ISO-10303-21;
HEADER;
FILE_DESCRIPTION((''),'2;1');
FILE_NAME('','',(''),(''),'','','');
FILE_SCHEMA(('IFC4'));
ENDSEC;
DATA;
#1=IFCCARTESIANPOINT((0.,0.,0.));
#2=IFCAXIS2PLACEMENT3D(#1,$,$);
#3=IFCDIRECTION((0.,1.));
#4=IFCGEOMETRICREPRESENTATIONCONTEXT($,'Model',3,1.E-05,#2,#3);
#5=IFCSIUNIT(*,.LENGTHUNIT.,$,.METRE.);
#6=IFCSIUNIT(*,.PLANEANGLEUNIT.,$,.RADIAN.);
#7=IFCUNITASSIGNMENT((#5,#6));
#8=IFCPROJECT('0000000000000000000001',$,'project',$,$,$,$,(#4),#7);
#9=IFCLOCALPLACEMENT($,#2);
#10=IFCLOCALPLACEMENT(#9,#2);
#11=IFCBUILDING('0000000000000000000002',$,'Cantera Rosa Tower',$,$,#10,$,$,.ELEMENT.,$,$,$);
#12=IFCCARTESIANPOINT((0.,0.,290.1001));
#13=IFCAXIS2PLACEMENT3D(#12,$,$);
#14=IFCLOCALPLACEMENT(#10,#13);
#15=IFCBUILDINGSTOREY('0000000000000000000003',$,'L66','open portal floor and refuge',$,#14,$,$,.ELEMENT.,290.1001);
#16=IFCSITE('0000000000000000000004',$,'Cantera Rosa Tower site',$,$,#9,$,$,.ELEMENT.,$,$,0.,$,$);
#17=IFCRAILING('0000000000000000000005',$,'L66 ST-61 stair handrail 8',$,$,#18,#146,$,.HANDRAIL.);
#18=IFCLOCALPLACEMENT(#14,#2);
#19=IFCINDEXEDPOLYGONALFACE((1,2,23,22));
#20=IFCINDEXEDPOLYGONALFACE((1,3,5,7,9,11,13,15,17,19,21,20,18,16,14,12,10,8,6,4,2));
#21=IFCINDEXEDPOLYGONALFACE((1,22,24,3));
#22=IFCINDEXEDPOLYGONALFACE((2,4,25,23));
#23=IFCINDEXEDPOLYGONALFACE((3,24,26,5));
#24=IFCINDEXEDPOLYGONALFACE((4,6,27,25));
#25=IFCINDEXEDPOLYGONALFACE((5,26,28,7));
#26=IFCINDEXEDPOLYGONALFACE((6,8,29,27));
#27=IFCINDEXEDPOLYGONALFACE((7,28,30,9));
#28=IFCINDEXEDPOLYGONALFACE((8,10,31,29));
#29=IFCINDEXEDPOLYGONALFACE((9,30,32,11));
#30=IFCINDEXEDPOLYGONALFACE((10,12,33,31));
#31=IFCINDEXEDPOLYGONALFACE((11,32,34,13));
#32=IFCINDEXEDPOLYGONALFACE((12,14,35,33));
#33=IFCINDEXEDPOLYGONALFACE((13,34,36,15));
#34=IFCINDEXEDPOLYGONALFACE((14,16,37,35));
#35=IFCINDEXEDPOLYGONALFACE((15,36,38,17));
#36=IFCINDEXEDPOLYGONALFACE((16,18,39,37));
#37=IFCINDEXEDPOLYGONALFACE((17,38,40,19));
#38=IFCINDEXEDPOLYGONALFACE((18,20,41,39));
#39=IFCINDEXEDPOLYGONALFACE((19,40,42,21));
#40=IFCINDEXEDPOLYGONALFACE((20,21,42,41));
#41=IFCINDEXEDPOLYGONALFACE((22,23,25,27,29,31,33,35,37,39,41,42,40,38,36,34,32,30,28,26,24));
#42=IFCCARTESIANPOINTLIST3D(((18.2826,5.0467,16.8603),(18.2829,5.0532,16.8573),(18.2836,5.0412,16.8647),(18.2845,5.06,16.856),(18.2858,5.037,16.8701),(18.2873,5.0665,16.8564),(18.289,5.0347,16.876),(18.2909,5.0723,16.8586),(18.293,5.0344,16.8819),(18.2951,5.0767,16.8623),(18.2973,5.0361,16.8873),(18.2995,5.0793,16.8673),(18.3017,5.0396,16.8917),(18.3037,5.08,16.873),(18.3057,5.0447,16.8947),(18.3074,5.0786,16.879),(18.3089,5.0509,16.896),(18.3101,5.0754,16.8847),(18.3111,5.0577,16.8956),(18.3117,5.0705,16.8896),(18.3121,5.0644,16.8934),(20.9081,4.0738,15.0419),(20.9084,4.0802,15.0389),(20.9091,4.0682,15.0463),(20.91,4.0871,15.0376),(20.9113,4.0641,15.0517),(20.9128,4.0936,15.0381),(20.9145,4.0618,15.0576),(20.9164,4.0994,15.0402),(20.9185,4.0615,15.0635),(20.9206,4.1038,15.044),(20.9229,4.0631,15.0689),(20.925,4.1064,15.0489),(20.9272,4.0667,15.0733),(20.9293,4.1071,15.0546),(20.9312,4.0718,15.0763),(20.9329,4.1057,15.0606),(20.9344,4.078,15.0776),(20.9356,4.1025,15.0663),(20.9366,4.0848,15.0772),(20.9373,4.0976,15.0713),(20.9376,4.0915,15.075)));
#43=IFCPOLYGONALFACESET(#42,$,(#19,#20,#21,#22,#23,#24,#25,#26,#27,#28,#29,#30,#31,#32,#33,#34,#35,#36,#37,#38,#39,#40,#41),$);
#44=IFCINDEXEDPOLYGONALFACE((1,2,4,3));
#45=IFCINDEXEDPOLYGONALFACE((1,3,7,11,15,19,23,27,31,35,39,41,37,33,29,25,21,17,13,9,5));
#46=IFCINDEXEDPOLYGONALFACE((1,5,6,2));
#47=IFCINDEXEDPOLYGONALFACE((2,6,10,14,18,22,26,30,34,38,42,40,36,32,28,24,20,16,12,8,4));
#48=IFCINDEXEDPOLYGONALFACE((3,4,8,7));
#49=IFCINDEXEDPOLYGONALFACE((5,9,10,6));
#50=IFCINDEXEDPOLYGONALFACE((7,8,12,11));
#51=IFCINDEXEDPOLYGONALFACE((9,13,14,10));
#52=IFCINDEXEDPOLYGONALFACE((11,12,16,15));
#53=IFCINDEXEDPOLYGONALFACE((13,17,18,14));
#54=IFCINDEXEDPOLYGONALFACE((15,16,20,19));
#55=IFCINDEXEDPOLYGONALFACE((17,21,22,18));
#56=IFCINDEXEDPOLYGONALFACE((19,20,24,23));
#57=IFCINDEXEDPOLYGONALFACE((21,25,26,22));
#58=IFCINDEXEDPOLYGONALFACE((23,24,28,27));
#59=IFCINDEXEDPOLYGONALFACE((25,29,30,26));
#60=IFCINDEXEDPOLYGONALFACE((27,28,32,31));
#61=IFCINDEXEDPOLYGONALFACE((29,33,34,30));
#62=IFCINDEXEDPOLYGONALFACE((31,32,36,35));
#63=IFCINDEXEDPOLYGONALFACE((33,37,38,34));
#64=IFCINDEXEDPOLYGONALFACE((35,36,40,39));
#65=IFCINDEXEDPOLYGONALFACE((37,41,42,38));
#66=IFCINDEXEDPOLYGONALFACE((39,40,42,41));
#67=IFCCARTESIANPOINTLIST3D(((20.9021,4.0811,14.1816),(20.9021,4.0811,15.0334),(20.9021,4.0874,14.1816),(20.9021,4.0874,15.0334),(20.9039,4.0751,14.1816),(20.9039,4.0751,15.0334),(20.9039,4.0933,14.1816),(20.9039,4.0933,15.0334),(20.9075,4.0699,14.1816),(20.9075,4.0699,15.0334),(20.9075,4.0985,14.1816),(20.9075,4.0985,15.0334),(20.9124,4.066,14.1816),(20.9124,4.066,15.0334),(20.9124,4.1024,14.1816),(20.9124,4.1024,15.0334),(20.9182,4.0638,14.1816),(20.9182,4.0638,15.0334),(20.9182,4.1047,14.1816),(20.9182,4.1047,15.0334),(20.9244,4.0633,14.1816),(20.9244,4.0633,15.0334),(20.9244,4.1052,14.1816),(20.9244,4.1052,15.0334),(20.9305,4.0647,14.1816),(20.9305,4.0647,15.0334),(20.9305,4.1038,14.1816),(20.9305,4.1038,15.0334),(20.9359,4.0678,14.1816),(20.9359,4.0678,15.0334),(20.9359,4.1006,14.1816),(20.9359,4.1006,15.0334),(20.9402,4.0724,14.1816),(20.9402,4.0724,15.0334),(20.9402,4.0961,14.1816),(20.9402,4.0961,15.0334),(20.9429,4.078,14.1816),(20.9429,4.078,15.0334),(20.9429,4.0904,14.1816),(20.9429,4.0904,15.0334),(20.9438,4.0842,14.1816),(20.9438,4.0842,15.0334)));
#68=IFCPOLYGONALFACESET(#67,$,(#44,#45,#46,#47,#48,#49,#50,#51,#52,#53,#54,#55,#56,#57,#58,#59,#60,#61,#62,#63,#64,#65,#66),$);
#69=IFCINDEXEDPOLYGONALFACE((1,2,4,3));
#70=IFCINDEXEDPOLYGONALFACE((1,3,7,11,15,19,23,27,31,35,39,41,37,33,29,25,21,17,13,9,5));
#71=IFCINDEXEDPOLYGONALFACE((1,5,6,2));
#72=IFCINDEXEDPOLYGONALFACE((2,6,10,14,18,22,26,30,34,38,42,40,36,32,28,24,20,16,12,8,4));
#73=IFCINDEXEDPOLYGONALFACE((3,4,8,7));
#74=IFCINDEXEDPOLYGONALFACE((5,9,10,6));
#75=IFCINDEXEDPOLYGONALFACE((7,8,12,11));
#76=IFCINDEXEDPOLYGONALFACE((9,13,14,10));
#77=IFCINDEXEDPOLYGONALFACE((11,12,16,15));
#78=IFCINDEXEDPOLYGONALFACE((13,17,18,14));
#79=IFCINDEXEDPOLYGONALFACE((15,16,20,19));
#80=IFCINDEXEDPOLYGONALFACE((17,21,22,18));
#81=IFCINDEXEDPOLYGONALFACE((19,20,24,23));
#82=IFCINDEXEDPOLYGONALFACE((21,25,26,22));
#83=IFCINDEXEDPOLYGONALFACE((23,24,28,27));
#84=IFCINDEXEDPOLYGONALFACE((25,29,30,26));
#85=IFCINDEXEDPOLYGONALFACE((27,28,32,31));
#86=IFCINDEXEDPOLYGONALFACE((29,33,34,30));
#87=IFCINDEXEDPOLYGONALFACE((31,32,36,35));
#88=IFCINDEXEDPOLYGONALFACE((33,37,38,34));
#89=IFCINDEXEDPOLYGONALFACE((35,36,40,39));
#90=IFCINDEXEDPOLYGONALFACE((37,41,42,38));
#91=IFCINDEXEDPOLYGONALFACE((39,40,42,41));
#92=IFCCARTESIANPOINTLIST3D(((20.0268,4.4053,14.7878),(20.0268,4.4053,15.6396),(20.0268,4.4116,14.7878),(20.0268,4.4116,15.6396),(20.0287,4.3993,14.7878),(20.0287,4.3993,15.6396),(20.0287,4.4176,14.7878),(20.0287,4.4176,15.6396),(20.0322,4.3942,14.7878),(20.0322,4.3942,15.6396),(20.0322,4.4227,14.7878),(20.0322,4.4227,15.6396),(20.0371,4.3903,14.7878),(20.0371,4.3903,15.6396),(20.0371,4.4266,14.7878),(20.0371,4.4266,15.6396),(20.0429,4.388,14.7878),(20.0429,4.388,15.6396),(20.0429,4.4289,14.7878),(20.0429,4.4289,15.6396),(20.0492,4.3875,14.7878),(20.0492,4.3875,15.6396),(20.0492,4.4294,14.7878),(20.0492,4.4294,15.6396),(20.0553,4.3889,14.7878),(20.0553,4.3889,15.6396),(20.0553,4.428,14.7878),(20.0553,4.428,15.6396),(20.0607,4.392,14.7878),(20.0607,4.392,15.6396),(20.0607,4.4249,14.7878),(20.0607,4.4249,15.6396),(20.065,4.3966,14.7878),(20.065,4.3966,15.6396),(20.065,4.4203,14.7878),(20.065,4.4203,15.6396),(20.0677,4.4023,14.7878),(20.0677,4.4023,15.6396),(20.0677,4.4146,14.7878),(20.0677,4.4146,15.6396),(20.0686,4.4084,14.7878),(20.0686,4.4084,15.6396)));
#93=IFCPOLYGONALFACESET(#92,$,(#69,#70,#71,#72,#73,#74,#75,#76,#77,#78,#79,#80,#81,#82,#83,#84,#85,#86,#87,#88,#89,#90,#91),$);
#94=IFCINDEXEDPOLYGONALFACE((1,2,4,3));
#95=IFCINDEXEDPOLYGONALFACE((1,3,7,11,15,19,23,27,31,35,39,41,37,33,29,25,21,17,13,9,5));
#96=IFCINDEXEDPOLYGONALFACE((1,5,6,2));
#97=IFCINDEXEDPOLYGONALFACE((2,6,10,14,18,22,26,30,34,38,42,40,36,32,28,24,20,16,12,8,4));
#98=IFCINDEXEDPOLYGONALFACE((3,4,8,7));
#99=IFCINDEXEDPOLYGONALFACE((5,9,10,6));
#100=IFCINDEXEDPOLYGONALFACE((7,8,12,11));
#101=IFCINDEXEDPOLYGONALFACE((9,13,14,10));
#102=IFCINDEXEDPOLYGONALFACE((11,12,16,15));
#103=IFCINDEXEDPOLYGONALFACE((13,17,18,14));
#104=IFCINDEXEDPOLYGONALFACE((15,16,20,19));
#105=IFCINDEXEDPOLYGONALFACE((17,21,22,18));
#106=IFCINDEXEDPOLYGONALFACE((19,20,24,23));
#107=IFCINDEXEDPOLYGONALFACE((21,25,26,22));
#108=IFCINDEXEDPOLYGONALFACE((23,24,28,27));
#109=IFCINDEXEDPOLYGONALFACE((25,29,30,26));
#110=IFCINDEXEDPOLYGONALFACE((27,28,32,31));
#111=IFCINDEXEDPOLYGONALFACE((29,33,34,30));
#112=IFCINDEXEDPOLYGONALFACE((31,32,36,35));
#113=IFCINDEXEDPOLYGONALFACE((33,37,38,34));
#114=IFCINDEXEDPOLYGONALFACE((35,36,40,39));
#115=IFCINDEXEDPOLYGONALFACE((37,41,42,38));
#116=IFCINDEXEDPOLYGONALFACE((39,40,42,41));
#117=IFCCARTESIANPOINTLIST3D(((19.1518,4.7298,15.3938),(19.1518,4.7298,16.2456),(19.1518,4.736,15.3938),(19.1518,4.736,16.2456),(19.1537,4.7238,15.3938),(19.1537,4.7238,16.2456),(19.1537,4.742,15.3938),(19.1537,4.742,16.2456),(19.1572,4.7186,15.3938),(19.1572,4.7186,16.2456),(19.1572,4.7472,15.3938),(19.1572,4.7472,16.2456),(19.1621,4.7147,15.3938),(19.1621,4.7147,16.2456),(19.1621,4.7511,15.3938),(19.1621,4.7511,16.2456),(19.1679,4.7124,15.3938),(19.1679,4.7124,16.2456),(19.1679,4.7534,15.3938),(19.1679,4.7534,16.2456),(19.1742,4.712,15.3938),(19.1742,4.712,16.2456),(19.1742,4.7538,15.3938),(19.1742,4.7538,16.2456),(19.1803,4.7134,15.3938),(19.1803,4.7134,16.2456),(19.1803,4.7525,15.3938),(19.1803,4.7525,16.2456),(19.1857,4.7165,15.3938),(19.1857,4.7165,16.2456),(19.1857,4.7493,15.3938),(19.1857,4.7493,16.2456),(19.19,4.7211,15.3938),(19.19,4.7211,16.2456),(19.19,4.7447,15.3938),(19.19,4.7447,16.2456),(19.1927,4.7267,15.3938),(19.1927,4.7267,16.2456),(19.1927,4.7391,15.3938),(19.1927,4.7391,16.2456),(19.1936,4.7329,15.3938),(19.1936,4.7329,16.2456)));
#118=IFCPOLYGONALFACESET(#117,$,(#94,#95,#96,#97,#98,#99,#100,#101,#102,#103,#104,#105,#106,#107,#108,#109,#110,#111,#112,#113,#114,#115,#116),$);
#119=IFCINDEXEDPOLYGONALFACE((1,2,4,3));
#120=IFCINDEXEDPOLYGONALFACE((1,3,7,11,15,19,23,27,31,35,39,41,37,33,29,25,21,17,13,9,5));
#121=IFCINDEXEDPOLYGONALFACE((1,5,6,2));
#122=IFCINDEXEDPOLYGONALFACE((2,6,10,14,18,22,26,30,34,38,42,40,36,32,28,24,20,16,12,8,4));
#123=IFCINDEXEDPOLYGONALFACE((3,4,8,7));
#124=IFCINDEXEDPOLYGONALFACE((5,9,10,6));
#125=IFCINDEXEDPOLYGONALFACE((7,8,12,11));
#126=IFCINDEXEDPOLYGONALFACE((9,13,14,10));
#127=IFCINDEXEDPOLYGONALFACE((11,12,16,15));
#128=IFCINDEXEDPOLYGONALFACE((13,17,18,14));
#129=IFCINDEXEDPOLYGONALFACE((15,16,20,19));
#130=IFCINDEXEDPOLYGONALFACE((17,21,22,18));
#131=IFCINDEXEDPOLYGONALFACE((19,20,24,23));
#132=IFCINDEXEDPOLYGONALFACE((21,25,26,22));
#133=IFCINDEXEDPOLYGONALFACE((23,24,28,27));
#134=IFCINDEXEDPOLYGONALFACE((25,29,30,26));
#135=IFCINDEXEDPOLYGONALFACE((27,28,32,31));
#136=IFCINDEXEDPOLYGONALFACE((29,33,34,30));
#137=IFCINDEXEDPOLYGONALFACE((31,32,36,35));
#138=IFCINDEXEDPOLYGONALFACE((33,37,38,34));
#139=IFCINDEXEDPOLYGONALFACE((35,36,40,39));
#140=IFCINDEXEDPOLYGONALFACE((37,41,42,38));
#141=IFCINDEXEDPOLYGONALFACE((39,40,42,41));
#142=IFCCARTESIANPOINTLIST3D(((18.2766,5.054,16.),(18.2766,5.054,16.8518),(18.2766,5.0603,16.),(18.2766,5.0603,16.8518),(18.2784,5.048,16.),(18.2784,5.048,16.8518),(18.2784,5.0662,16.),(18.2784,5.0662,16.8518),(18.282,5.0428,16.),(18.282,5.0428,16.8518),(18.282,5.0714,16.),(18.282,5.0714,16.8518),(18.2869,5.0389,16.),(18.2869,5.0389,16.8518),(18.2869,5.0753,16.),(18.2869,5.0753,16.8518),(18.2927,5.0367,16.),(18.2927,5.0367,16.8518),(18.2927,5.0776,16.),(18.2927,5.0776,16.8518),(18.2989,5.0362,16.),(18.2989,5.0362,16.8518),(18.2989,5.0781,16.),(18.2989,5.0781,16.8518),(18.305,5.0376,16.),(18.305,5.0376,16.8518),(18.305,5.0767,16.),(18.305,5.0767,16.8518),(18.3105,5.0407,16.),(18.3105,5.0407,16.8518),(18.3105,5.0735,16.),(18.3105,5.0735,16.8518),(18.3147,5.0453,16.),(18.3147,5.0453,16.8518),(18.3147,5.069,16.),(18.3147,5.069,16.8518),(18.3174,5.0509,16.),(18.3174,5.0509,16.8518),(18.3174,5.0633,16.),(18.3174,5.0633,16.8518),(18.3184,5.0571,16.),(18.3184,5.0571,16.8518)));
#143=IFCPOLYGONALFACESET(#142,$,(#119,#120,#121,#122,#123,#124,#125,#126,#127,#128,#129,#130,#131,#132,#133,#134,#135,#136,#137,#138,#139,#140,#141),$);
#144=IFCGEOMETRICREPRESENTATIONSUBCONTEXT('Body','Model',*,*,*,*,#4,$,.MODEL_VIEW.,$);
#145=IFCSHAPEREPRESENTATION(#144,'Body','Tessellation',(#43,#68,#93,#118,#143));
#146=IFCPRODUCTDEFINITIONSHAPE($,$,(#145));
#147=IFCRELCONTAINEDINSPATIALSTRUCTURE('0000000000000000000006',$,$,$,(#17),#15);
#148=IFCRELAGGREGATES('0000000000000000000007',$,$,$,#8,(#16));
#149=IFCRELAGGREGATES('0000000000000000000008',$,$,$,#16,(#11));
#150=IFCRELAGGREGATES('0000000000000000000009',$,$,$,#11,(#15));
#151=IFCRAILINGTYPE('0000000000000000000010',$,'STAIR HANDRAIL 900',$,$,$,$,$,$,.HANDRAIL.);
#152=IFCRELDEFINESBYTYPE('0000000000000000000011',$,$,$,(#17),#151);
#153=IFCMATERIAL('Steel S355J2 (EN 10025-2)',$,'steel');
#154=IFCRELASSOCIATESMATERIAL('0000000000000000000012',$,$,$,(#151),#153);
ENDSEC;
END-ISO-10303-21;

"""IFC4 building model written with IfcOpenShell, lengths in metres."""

from ifc_helpers import new_model, si_unit, direction, frame, origin, origin_2d, place, context, subcontext, project, spatial, circle, extrude, material, type_object, element, save


model = new_model("IFC4")

# Units and contexts
model_context = context("Model", 3, precision=1e-05, world=origin(), true_north=direction((0.0, 1.0)))
body_context = subcontext(model_context, "Body", "Model", "MODEL_VIEW")
ifc_project = project(units=[si_unit("LENGTHUNIT", "METRE"), si_unit("PLANEANGLEUNIT", "RADIAN")], contexts=[model_context])

# Site, building, storey
site_placement = place(None, origin())
site = spatial("IfcSite", under=ifc_project, at=site_placement, Name="Cantera Rosa Tower site", CompositionType="ELEMENT", RefElevation=0.0)
building_placement = place(site_placement, origin())
building = spatial("IfcBuilding", under=site, at=building_placement, Name="Cantera Rosa Tower", CompositionType="ELEMENT")
storey_placement = place(building_placement, frame((0.0, 0.0, 290.1001)))
storey = spatial("IfcBuildingStorey", under=building, at=storey_placement, Name="L66", Description="open portal floor and refuge", CompositionType="ELEMENT", Elevation=290.1001)

# Railing
ifc_material_1 = material(Name="Steel S355J2 (EN 10025-2)", Category="steel")
railing_type_1 = type_object("IfcRailingType", Name="STAIR HANDRAIL 900", PredefinedType="HANDRAIL", material=ifc_material_1)
railing_1_placement = place(storey_placement, frame((20.9229, 4.0842, 14.1816)))
element("IfcRailing", 1, at=railing_1_placement, inside=storey, type_object=railing_type_1, Name="L66 ST-61 stair handrail 8", PredefinedType="HANDRAIL", context=body_context, shape_type="SweptSolid", body=[
    extrude(circle(Radius=0.0239, at=origin_2d()), frame((0.0, 0.0, 0.876), z_axis=(-0.786407, 0.291411, 0.54465), x_axis=(-0.347471, -0.937691, 0.0)), (0.0, 0.0, 1.0), 3.3386),
    extrude(circle(Radius=0.021, at=origin_2d()), origin(), (0.0, 0.0, 1.0), 0.8518),
    extrude(circle(Radius=0.021, at=origin_2d()), frame((-0.8752, 0.3242, 0.6062)), (0.0, 0.0, 1.0), 0.8518),
    extrude(circle(Radius=0.021, at=origin_2d()), frame((-1.7502, 0.6487, 1.2122)), (0.0, 0.0, 1.0), 0.8518),
    extrude(circle(Radius=0.021, at=origin_2d()), frame((-2.6255, 0.9729, 1.8184)), (0.0, 0.0, 1.0), 0.8518),
])

save(model, "model.ifc")
